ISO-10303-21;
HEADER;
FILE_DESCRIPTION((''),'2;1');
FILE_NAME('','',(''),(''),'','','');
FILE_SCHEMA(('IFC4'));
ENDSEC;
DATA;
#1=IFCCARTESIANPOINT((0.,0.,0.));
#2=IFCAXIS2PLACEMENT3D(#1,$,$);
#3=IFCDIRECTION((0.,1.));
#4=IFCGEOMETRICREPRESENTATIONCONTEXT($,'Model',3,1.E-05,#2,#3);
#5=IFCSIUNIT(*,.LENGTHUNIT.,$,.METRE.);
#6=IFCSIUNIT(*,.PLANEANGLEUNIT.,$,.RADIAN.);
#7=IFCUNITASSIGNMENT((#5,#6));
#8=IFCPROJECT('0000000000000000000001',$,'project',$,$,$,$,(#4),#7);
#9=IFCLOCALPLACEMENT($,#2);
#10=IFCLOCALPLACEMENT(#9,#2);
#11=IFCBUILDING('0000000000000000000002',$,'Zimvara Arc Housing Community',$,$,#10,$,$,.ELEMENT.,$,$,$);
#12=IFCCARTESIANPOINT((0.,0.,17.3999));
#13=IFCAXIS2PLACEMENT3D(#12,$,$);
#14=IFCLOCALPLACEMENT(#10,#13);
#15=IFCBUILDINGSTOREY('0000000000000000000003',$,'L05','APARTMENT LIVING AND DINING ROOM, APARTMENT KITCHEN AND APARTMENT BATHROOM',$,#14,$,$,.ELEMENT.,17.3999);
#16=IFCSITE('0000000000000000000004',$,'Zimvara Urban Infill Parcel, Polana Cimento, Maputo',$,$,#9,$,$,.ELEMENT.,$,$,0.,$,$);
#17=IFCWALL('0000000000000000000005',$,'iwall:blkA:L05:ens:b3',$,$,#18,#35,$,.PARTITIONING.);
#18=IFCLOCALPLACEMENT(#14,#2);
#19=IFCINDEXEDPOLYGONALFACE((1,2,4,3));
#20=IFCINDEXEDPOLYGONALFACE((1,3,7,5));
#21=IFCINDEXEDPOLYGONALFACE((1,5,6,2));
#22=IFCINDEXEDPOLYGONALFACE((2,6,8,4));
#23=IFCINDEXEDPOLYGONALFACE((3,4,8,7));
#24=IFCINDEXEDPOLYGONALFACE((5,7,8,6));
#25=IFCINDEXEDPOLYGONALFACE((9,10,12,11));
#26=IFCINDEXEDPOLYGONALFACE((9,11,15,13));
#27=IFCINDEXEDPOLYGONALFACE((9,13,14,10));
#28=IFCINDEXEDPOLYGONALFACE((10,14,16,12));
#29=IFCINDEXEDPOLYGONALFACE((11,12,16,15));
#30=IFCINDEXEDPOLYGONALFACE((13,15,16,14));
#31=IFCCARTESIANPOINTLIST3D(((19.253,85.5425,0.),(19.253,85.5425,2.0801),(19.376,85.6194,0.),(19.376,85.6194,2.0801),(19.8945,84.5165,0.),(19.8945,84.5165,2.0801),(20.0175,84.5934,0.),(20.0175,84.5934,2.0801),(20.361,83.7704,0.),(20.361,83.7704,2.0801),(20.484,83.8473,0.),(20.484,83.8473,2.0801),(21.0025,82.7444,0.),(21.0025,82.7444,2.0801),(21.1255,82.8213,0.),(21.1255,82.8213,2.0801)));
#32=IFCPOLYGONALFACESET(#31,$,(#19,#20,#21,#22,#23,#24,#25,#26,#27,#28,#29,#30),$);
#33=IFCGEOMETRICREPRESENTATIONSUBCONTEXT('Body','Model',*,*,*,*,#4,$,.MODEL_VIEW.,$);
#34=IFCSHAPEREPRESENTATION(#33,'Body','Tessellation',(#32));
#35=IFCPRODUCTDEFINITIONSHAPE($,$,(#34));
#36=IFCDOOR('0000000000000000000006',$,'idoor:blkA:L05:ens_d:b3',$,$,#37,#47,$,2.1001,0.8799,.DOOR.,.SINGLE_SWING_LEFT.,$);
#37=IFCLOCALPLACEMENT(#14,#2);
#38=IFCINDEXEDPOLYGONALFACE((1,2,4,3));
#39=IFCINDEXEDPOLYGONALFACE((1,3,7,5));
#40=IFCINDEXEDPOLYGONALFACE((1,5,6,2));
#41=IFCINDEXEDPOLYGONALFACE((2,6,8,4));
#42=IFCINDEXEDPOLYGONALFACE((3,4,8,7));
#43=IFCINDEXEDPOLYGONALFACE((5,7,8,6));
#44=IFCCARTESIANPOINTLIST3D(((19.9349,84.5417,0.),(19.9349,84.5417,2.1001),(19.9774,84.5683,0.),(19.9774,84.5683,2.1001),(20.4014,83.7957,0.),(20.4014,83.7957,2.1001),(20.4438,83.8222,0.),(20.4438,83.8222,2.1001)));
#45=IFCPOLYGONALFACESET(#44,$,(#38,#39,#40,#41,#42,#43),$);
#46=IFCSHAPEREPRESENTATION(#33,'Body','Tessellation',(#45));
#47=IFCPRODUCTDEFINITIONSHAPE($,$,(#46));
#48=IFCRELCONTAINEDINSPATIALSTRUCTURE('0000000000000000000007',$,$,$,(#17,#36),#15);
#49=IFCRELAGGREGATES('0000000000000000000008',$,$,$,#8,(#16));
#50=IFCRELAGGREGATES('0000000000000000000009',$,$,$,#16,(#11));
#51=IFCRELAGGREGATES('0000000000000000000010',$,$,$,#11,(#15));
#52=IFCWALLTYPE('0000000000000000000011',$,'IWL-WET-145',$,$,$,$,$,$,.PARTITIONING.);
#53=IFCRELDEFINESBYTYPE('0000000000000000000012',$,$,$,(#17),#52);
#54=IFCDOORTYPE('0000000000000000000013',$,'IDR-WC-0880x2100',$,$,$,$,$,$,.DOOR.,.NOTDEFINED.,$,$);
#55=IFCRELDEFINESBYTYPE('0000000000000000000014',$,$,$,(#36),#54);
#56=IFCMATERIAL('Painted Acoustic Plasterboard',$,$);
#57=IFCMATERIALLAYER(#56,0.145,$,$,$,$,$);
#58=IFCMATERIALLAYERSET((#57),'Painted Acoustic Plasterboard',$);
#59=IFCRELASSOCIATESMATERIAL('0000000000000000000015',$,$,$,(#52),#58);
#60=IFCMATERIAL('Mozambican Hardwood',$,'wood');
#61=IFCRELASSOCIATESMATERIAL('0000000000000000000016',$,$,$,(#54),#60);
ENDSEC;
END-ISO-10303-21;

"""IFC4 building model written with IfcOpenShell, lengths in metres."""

from ifc_helpers import new_model, si_unit, direction, frame, frame_2d, origin, place, context, subcontext, project, spatial, rectangle, extrude, material, layer, layer_set, type_object, element, fill, save


model = new_model("IFC4")

# Units and contexts
model_context = context("Model", 3, precision=1e-05, world=origin(), true_north=direction((0.0, 1.0)))
body_context = subcontext(model_context, "Body", "Model", "MODEL_VIEW")
ifc_project = project(units=[si_unit("LENGTHUNIT", "METRE"), si_unit("PLANEANGLEUNIT", "RADIAN")], contexts=[model_context])

# Site, building, storey
site_placement = place(None, origin())
site = spatial("IfcSite", under=ifc_project, at=site_placement, Name="Zimvara Urban Infill Parcel, Polana Cimento, Maputo", CompositionType="ELEMENT", RefElevation=0.0)
building_placement = place(site_placement, origin())
building = spatial("IfcBuilding", under=site, at=building_placement, Name="Zimvara Arc Housing Community", CompositionType="ELEMENT")
storey_placement = place(building_placement, frame((0.0, 0.0, 17.3999)))
storey = spatial("IfcBuildingStorey", under=building, at=storey_placement, Name="L05", Description="APARTMENT LIVING AND DINING ROOM, APARTMENT KITCHEN AND APARTMENT BATHROOM", CompositionType="ELEMENT", Elevation=17.3999)

# Wall, opening, door
ifc_material_1 = material(Name="Painted Acoustic Plasterboard")
ifc_layer_1 = layer(ifc_material_1, 0.145)
ifc_layer_set_1 = layer_set([ifc_layer_1], Name="Painted Acoustic Plasterboard")
wall_type_1 = type_object("IfcWallType", Name="IWL-WET-145", PredefinedType="PARTITIONING", material=ifc_layer_set_1)
wall_1_placement = place(storey_placement, frame((21.064, 82.783, 0.0), z_axis=(0.0, 0.0, 1.0), x_axis=(-0.530152, 0.847903, 0.0)))
wall_1 = element("IfcWall", 1, at=wall_1_placement, inside=storey, type_object=wall_type_1, Name="iwall:blkA:L05:ens:b3", PredefinedType="PARTITIONING", context=body_context, shape_type="SweptSolid", body=[
    extrude(rectangle(XDim=3.3, YDim=0.145, at=frame_2d((1.6499, 0.0))), origin(), (0.0, 0.0, 1.0), 2.0801),
])
opening_1_placement = place(wall_1_placement, frame((1.21, 0.0, 0.0)))
opening_1 = element("IfcOpeningElement", 2, at=opening_1_placement, cuts=wall_1, PredefinedType="OPENING", context=body_context, shape_type="SweptSolid", body=[
    extrude(rectangle(XDim=0.8799, YDim=2.1001, at=frame_2d((0.4399, 1.05))), frame((0.0, 0.0825, 0.0), z_axis=(0.0, -1.0, 0.0), x_axis=(1.0, 0.0, 0.0)), (0.0, 0.0, 1.0), 0.165),
])
ifc_material_2 = material(Name="Mozambican Hardwood", Category="wood")
door_type_1 = type_object("IfcDoorType", Name="IDR-WC-0880x2100", OperationType="NOTDEFINED", PredefinedType="DOOR", material=ifc_material_2)
door_1_placement = place(opening_1_placement, origin())
door_1 = element("IfcDoor", 3, at=door_1_placement, inside=storey, type_object=door_type_1, Name="idoor:blkA:L05:ens_d:b3", OperationType="SINGLE_SWING_LEFT", OverallHeight=2.1001, OverallWidth=0.8799, PredefinedType="DOOR", context=body_context, shape_type="SweptSolid", body=[
    extrude(rectangle(XDim=0.8799, YDim=2.1001, at=frame_2d((0.4399, 1.05))), frame((0.0, 0.0249, 0.0), z_axis=(0.0, -1.0, 0.0), x_axis=(1.0, 0.0, 0.0)), (0.0, 0.0, 1.0), 0.05),
])
fill(opening_1, door_1)

save(model, "model.ifc")
